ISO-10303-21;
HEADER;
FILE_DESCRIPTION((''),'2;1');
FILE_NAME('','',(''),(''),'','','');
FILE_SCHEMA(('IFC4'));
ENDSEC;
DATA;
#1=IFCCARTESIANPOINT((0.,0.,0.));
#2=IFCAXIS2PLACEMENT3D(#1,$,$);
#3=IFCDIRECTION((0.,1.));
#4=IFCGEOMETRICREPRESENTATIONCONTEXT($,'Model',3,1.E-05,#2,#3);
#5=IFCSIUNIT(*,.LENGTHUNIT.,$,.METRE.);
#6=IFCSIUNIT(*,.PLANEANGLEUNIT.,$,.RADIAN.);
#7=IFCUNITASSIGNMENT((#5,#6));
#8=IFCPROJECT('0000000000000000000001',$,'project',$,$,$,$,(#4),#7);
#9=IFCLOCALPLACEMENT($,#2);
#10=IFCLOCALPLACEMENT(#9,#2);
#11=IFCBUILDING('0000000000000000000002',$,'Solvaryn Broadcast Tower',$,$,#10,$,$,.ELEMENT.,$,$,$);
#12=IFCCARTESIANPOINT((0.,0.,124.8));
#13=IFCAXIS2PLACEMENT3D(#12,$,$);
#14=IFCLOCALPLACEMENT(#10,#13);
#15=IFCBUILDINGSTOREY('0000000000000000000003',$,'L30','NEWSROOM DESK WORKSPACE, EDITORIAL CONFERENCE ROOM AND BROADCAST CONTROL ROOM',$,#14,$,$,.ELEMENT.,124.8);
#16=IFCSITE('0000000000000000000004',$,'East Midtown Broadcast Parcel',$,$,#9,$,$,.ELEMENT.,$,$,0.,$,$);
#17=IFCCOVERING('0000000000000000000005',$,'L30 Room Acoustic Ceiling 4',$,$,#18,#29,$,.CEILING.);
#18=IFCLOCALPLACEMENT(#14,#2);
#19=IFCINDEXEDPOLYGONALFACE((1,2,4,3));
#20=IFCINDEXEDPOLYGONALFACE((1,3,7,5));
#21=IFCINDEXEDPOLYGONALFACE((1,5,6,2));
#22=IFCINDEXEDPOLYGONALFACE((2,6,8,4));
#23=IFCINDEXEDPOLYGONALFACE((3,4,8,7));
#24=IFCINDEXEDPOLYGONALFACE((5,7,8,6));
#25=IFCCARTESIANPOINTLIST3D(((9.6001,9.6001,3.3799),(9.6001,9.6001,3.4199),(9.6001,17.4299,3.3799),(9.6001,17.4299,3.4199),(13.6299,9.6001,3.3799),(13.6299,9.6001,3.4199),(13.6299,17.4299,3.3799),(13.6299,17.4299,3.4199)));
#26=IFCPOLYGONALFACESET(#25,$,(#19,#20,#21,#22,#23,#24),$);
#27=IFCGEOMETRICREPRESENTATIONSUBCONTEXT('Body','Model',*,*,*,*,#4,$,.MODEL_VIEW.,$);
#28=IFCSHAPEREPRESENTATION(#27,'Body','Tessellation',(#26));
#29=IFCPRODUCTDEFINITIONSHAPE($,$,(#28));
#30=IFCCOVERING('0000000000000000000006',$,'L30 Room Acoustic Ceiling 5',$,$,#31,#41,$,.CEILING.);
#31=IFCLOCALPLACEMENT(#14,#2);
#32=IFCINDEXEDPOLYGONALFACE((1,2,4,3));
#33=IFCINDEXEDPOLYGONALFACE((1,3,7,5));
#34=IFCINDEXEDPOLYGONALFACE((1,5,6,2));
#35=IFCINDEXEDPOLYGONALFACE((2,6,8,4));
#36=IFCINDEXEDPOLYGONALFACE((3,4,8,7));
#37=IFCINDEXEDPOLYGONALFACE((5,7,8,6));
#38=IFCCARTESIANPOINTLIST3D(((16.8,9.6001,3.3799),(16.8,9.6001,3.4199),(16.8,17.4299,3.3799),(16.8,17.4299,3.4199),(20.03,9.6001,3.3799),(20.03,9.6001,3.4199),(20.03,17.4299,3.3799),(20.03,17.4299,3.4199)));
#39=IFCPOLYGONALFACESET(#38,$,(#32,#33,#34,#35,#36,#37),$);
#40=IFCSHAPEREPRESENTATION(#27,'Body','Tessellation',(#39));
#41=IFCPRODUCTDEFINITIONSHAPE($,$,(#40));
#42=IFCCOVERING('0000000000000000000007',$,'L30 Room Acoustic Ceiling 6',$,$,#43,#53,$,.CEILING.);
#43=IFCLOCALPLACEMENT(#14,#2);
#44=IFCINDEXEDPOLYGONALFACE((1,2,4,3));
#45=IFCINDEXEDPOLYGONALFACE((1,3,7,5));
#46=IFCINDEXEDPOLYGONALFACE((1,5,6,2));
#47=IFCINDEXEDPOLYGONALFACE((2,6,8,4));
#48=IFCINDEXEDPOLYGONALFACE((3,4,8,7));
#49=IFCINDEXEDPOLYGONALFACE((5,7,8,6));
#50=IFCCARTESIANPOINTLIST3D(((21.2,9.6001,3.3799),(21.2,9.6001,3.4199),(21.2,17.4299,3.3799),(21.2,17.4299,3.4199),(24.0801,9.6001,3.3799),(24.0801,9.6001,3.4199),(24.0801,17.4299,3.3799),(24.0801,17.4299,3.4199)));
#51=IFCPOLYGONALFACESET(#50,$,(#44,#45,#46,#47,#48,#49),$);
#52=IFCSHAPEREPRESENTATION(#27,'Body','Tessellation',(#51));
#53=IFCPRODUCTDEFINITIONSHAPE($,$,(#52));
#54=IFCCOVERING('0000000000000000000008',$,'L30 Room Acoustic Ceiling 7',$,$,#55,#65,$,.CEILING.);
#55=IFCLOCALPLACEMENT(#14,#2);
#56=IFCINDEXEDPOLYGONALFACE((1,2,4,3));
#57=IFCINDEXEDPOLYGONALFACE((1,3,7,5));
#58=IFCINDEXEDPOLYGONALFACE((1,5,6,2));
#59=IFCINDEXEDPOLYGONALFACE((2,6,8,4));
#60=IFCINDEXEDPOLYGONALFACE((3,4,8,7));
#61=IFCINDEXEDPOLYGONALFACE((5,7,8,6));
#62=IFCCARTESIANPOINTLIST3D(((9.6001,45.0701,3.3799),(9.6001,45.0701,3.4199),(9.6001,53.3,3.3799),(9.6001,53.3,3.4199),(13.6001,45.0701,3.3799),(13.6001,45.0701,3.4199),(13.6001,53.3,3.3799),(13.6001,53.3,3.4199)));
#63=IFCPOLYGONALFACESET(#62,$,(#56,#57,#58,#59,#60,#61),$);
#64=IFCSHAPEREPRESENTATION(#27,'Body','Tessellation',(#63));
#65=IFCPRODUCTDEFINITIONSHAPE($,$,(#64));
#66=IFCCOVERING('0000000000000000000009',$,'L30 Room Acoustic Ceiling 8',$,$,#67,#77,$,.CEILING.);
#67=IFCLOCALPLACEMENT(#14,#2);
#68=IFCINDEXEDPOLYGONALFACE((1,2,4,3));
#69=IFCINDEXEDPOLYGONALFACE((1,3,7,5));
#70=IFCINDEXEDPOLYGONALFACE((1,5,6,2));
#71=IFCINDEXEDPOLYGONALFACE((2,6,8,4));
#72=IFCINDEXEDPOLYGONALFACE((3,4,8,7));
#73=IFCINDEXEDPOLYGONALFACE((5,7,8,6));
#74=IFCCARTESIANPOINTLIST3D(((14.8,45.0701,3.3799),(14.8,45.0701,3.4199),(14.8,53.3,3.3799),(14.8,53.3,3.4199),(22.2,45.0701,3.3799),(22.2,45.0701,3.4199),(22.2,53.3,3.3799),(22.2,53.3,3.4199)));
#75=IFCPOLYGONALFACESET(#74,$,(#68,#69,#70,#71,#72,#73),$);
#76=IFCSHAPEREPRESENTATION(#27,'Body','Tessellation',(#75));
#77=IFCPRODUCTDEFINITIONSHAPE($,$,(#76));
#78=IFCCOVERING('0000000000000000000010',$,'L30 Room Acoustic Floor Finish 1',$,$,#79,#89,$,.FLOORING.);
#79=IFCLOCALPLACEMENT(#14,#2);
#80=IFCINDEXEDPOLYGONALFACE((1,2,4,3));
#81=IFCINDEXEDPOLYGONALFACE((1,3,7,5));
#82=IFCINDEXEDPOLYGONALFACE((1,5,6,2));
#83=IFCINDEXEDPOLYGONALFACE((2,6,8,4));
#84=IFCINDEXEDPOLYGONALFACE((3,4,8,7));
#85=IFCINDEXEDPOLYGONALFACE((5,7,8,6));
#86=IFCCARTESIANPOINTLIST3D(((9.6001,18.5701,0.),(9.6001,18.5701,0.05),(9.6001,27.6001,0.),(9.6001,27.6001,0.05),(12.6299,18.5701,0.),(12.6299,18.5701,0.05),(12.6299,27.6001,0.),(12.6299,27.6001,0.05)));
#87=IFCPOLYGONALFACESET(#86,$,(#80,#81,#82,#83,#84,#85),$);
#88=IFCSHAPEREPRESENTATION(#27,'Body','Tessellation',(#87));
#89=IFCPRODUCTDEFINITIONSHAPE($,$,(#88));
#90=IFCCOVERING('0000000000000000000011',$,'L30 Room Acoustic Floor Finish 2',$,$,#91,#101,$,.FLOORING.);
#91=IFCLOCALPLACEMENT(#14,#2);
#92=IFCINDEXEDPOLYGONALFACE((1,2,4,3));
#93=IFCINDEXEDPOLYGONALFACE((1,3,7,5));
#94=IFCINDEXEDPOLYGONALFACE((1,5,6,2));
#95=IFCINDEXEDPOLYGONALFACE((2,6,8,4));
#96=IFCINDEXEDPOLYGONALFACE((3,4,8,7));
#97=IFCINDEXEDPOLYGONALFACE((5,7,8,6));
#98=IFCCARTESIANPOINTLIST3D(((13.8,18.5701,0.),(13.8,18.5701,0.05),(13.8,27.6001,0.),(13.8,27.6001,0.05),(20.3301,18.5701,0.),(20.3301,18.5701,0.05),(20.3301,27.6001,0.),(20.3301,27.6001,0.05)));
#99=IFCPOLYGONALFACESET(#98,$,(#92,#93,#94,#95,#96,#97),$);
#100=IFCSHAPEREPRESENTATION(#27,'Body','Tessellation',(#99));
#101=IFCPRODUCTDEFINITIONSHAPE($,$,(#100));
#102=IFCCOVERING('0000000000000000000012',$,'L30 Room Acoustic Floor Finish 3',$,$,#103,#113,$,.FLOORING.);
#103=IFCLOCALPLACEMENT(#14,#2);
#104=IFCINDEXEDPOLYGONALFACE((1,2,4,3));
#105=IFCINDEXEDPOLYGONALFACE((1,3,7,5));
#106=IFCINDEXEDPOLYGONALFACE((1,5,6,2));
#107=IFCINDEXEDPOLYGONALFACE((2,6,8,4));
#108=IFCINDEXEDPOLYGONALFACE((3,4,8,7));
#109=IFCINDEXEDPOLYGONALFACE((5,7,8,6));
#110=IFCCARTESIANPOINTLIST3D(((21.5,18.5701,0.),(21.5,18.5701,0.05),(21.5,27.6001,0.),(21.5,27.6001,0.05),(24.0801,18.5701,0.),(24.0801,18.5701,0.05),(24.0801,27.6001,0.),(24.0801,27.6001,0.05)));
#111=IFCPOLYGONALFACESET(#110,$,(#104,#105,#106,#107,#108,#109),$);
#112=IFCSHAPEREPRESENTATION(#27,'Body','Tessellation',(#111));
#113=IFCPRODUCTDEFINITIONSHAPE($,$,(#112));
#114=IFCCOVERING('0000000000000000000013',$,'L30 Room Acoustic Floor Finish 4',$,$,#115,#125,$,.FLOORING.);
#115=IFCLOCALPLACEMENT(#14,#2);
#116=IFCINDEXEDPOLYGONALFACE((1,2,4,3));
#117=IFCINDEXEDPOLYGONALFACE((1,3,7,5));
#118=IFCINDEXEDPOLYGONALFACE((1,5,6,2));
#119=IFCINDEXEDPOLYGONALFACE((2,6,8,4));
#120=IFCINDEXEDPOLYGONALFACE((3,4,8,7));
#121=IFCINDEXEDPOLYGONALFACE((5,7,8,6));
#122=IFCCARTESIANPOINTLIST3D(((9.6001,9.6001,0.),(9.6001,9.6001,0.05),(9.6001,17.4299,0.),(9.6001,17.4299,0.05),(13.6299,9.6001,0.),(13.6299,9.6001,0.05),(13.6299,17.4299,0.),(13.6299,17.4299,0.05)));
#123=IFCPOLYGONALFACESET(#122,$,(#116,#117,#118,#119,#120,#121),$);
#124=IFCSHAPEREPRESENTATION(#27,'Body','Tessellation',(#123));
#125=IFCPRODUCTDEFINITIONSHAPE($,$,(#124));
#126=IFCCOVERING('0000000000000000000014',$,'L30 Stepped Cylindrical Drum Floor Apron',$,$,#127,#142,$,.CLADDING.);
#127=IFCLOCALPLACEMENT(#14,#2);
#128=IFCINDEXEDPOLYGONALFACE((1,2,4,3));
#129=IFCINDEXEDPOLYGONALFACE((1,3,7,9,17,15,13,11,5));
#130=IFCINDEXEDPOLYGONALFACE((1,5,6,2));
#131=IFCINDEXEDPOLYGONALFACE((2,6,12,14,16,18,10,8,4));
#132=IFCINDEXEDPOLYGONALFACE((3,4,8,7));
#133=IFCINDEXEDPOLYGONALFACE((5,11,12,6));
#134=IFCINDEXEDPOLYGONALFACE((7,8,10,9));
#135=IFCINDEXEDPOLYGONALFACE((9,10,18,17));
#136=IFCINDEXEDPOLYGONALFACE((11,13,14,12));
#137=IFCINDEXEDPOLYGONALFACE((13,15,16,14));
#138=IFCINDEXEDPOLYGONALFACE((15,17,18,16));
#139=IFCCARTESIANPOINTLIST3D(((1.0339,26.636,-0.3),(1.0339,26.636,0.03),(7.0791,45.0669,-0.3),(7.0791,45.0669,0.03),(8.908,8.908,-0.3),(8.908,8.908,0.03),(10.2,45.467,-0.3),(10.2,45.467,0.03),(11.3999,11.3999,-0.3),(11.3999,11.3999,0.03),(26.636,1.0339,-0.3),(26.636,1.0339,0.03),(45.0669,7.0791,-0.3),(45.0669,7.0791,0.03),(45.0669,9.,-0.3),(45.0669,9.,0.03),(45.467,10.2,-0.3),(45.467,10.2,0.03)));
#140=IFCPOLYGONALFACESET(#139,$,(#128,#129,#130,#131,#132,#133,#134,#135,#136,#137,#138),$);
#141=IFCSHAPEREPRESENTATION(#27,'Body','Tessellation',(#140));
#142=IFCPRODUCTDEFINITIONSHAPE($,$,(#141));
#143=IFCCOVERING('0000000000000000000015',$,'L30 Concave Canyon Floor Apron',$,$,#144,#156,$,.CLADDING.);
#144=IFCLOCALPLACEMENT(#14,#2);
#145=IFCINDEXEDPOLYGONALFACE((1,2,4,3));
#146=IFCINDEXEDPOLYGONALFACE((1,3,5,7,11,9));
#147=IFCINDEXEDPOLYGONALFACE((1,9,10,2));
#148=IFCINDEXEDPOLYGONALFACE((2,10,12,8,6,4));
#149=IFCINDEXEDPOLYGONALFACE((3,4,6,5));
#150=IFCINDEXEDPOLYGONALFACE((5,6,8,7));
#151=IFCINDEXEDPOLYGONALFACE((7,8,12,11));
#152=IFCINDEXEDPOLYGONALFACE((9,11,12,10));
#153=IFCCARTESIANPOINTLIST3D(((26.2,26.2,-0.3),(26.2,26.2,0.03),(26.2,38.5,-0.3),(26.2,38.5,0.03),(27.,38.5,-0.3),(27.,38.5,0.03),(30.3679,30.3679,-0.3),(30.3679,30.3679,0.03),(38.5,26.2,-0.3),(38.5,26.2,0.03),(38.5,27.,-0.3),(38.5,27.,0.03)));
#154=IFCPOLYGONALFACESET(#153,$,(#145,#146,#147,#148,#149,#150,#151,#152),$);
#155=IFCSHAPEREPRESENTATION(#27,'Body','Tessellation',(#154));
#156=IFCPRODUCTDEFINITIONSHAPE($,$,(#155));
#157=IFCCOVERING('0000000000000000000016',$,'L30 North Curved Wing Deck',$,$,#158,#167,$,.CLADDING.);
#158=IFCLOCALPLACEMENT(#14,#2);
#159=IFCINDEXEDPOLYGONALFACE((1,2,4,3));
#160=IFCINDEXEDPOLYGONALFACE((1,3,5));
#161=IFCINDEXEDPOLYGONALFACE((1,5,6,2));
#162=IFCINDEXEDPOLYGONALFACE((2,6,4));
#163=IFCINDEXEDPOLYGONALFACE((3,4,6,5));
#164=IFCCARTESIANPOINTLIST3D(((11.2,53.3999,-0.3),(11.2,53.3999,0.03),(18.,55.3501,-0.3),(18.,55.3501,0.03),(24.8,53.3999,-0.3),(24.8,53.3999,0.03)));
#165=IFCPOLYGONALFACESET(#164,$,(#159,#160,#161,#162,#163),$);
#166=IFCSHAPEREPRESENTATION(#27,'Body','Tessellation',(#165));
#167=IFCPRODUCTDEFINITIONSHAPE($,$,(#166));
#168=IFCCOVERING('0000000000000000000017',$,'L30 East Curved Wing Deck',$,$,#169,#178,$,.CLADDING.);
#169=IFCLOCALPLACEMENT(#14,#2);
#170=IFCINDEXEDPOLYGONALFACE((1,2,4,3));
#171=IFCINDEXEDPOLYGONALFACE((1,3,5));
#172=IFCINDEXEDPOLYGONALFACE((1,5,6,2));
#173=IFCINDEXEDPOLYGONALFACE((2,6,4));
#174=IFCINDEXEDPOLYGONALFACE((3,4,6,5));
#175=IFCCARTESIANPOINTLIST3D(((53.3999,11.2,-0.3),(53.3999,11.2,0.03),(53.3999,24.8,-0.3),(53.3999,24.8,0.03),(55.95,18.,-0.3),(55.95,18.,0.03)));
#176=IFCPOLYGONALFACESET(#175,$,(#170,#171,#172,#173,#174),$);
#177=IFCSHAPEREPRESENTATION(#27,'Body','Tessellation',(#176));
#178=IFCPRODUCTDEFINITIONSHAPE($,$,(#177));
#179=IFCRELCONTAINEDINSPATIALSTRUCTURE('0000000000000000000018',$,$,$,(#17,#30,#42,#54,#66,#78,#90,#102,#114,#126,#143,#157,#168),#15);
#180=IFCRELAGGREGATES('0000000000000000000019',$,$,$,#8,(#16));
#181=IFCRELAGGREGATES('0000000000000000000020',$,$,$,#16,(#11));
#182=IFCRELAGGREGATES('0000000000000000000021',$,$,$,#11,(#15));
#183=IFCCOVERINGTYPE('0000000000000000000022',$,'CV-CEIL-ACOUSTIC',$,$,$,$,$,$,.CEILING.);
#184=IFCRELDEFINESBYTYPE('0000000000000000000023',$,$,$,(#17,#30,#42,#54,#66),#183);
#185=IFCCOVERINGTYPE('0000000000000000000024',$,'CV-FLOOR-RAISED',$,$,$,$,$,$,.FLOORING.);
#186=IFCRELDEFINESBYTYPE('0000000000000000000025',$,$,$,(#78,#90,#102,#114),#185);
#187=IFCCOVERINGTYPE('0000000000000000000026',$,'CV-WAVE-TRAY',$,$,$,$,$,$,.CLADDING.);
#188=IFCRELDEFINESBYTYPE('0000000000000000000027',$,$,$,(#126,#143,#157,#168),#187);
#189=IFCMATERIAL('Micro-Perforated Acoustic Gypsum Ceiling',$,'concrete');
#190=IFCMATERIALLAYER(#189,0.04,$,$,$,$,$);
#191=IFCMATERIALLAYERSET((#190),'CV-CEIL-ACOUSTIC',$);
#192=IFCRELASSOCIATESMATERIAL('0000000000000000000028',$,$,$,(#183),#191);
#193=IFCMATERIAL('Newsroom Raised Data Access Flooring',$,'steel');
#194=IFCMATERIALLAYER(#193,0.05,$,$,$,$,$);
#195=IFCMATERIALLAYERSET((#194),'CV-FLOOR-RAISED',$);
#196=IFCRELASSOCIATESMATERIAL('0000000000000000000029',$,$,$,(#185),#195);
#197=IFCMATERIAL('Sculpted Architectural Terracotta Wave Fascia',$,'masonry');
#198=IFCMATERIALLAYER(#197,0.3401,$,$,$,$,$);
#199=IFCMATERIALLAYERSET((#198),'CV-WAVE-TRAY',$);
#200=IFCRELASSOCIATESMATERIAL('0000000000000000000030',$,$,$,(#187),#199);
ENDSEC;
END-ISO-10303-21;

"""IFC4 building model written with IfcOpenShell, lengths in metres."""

from ifc_helpers import new_model, si_unit, direction, frame, origin, place, context, subcontext, project, spatial, polyline, outline, extrude, material, layer, layer_set, type_object, element, save


model = new_model("IFC4")

# Units and contexts
model_context = context("Model", 3, precision=1e-05, world=origin(), true_north=direction((0.0, 1.0)))
body_context = subcontext(model_context, "Body", "Model", "MODEL_VIEW")
ifc_project = project(units=[si_unit("LENGTHUNIT", "METRE"), si_unit("PLANEANGLEUNIT", "RADIAN")], contexts=[model_context])

# Site, building, storey
site_placement = place(None, origin())
site = spatial("IfcSite", under=ifc_project, at=site_placement, Name="East Midtown Broadcast Parcel", CompositionType="ELEMENT", RefElevation=0.0)
building_placement = place(site_placement, origin())
building = spatial("IfcBuilding", under=site, at=building_placement, Name="Solvaryn Broadcast Tower", CompositionType="ELEMENT")
storey_placement = place(building_placement, frame((0.0, 0.0, 124.8)))
storey = spatial("IfcBuildingStorey", under=building, at=storey_placement, Name="L30", Description="NEWSROOM DESK WORKSPACE, EDITORIAL CONFERENCE ROOM AND BROADCAST CONTROL ROOM", CompositionType="ELEMENT", Elevation=124.8)

# Coverings
ifc_material_1 = material(Name="Micro-Perforated Acoustic Gypsum Ceiling", Category="concrete")
ifc_layer_1 = layer(ifc_material_1, 0.04)
ifc_layer_set_1 = layer_set([ifc_layer_1], Name="CV-CEIL-ACOUSTIC")
covering_type_1 = type_object("IfcCoveringType", Name="CV-CEIL-ACOUSTIC", PredefinedType="CEILING", material=ifc_layer_set_1)
covering_1_placement = place(storey_placement, frame((0.0, 0.0, 3.3799)))
element("IfcCovering", 1, at=covering_1_placement, inside=storey, type_object=covering_type_1, Name="L30 Room Acoustic Ceiling 4", PredefinedType="CEILING", context=body_context, shape_type="SweptSolid", body=[
    extrude(outline(polyline([(9.6001, 9.6001), (13.6299, 9.6001), (13.6299, 17.4299), (9.6001, 17.4299), (9.6001, 9.6001)])), origin(), (0.0, 0.0, 1.0), 0.04),
])
covering_2_placement = place(storey_placement, frame((0.0, 0.0, 3.3799)))
element("IfcCovering", 2, at=covering_2_placement, inside=storey, type_object=covering_type_1, Name="L30 Room Acoustic Ceiling 5", PredefinedType="CEILING", context=body_context, shape_type="SweptSolid", body=[
    extrude(outline(polyline([(16.8, 9.6001), (20.03, 9.6001), (20.03, 17.4299), (16.8, 17.4299), (16.8, 9.6001)])), origin(), (0.0, 0.0, 1.0), 0.04),
])
covering_3_placement = place(storey_placement, frame((0.0, 0.0, 3.3799)))
element("IfcCovering", 3, at=covering_3_placement, inside=storey, type_object=covering_type_1, Name="L30 Room Acoustic Ceiling 6", PredefinedType="CEILING", context=body_context, shape_type="SweptSolid", body=[
    extrude(outline(polyline([(21.2, 9.6001), (24.0801, 9.6001), (24.0801, 17.4299), (21.2, 17.4299), (21.2, 9.6001)])), origin(), (0.0, 0.0, 1.0), 0.04),
])
covering_4_placement = place(storey_placement, frame((0.0, 0.0, 3.3799)))
element("IfcCovering", 4, at=covering_4_placement, inside=storey, type_object=covering_type_1, Name="L30 Room Acoustic Ceiling 7", PredefinedType="CEILING", context=body_context, shape_type="SweptSolid", body=[
    extrude(outline(polyline([(9.6001, 45.0701), (13.6001, 45.0701), (13.6001, 53.3), (9.6001, 53.3), (9.6001, 45.0701)])), origin(), (0.0, 0.0, 1.0), 0.04),
])
covering_5_placement = place(storey_placement, frame((0.0, 0.0, 3.3799)))
element("IfcCovering", 5, at=covering_5_placement, inside=storey, type_object=covering_type_1, Name="L30 Room Acoustic Ceiling 8", PredefinedType="CEILING", context=body_context, shape_type="SweptSolid", body=[
    extrude(outline(polyline([(14.8, 45.0701), (22.2, 45.0701), (22.2, 53.3), (14.8, 53.3), (14.8, 45.0701)])), origin(), (0.0, 0.0, 1.0), 0.04),
])
ifc_material_2 = material(Name="Newsroom Raised Data Access Flooring", Category="steel")
ifc_layer_2 = layer(ifc_material_2, 0.05)
ifc_layer_set_2 = layer_set([ifc_layer_2], Name="CV-FLOOR-RAISED")
covering_type_2 = type_object("IfcCoveringType", Name="CV-FLOOR-RAISED", PredefinedType="FLOORING", material=ifc_layer_set_2)
covering_6_placement = place(storey_placement, origin())
element("IfcCovering", 6, at=covering_6_placement, inside=storey, type_object=covering_type_2, Name="L30 Room Acoustic Floor Finish 1", PredefinedType="FLOORING", context=body_context, shape_type="SweptSolid", body=[
    extrude(outline(polyline([(9.6001, 18.5701), (12.6299, 18.5701), (12.6299, 27.6001), (9.6001, 27.6001), (9.6001, 18.5701)])), origin(), (0.0, 0.0, 1.0), 0.05),
])
covering_7_placement = place(storey_placement, origin())
element("IfcCovering", 7, at=covering_7_placement, inside=storey, type_object=covering_type_2, Name="L30 Room Acoustic Floor Finish 2", PredefinedType="FLOORING", context=body_context, shape_type="SweptSolid", body=[
    extrude(outline(polyline([(13.8, 18.5701), (20.3301, 18.5701), (20.3301, 27.6001), (13.8, 27.6001), (13.8, 18.5701)])), origin(), (0.0, 0.0, 1.0), 0.05),
])
covering_8_placement = place(storey_placement, origin())
element("IfcCovering", 8, at=covering_8_placement, inside=storey, type_object=covering_type_2, Name="L30 Room Acoustic Floor Finish 3", PredefinedType="FLOORING", context=body_context, shape_type="SweptSolid", body=[
    extrude(outline(polyline([(21.5, 18.5701), (24.0801, 18.5701), (24.0801, 27.6001), (21.5, 27.6001), (21.5, 18.5701)])), origin(), (0.0, 0.0, 1.0), 0.05),
])
covering_9_placement = place(storey_placement, origin())
element("IfcCovering", 9, at=covering_9_placement, inside=storey, type_object=covering_type_2, Name="L30 Room Acoustic Floor Finish 4", PredefinedType="FLOORING", context=body_context, shape_type="SweptSolid", body=[
    extrude(outline(polyline([(9.6001, 9.6001), (13.6299, 9.6001), (13.6299, 17.4299), (9.6001, 17.4299), (9.6001, 9.6001)])), origin(), (0.0, 0.0, 1.0), 0.05),
])
ifc_material_3 = material(Name="Sculpted Architectural Terracotta Wave Fascia", Category="masonry")
ifc_layer_3 = layer(ifc_material_3, 0.3401)
ifc_layer_set_3 = layer_set([ifc_layer_3], Name="CV-WAVE-TRAY")
covering_type_3 = type_object("IfcCoveringType", Name="CV-WAVE-TRAY", PredefinedType="CLADDING", material=ifc_layer_set_3)
covering_10_placement = place(storey_placement, frame((0.0, 0.0, -0.3)))
element("IfcCovering", 10, at=covering_10_placement, inside=storey, type_object=covering_type_3, Name="L30 Stepped Cylindrical Drum Floor Apron", PredefinedType="CLADDING", context=body_context, shape_type="SweptSolid", body=[
    extrude(outline(polyline([(10.2, 45.467), (7.0791, 45.0669), (1.0339, 26.636), (8.908, 8.908), (26.636, 1.0339), (45.0669, 7.0791), (45.0669, 9.0), (45.467, 10.2), (11.3999, 11.3999), (10.2, 45.467)])), origin(), (0.0, 0.0, 1.0), 0.3301),
])
covering_11_placement = place(storey_placement, frame((0.0, 0.0, -0.3)))
element("IfcCovering", 11, at=covering_11_placement, inside=storey, type_object=covering_type_3, Name="L30 Concave Canyon Floor Apron", PredefinedType="CLADDING", context=body_context, shape_type="SweptSolid", body=[
    extrude(outline(polyline([(26.2, 26.2), (38.5, 26.2), (38.5, 27.0), (30.3679, 30.3679), (27.0, 38.5), (26.2, 38.5), (26.2, 26.2)])), origin(), (0.0, 0.0, 1.0), 0.3301),
])
covering_12_placement = place(storey_placement, frame((0.0, 0.0, -0.3)))
element("IfcCovering", 12, at=covering_12_placement, inside=storey, type_object=covering_type_3, Name="L30 North Curved Wing Deck", PredefinedType="CLADDING", context=body_context, shape_type="SweptSolid", body=[
    extrude(outline(polyline([(11.2, 53.3999), (24.8, 53.3999), (18.0, 55.3501), (11.2, 53.3999)])), origin(), (0.0, 0.0, 1.0), 0.3301),
])
covering_13_placement = place(storey_placement, frame((0.0, 0.0, -0.3)))
element("IfcCovering", 13, at=covering_13_placement, inside=storey, type_object=covering_type_3, Name="L30 East Curved Wing Deck", PredefinedType="CLADDING", context=body_context, shape_type="SweptSolid", body=[
    extrude(outline(polyline([(53.3999, 11.2), (55.95, 18.0), (53.3999, 24.8), (53.3999, 11.2)])), origin(), (0.0, 0.0, 1.0), 0.3301),
])

save(model, "model.ifc")
